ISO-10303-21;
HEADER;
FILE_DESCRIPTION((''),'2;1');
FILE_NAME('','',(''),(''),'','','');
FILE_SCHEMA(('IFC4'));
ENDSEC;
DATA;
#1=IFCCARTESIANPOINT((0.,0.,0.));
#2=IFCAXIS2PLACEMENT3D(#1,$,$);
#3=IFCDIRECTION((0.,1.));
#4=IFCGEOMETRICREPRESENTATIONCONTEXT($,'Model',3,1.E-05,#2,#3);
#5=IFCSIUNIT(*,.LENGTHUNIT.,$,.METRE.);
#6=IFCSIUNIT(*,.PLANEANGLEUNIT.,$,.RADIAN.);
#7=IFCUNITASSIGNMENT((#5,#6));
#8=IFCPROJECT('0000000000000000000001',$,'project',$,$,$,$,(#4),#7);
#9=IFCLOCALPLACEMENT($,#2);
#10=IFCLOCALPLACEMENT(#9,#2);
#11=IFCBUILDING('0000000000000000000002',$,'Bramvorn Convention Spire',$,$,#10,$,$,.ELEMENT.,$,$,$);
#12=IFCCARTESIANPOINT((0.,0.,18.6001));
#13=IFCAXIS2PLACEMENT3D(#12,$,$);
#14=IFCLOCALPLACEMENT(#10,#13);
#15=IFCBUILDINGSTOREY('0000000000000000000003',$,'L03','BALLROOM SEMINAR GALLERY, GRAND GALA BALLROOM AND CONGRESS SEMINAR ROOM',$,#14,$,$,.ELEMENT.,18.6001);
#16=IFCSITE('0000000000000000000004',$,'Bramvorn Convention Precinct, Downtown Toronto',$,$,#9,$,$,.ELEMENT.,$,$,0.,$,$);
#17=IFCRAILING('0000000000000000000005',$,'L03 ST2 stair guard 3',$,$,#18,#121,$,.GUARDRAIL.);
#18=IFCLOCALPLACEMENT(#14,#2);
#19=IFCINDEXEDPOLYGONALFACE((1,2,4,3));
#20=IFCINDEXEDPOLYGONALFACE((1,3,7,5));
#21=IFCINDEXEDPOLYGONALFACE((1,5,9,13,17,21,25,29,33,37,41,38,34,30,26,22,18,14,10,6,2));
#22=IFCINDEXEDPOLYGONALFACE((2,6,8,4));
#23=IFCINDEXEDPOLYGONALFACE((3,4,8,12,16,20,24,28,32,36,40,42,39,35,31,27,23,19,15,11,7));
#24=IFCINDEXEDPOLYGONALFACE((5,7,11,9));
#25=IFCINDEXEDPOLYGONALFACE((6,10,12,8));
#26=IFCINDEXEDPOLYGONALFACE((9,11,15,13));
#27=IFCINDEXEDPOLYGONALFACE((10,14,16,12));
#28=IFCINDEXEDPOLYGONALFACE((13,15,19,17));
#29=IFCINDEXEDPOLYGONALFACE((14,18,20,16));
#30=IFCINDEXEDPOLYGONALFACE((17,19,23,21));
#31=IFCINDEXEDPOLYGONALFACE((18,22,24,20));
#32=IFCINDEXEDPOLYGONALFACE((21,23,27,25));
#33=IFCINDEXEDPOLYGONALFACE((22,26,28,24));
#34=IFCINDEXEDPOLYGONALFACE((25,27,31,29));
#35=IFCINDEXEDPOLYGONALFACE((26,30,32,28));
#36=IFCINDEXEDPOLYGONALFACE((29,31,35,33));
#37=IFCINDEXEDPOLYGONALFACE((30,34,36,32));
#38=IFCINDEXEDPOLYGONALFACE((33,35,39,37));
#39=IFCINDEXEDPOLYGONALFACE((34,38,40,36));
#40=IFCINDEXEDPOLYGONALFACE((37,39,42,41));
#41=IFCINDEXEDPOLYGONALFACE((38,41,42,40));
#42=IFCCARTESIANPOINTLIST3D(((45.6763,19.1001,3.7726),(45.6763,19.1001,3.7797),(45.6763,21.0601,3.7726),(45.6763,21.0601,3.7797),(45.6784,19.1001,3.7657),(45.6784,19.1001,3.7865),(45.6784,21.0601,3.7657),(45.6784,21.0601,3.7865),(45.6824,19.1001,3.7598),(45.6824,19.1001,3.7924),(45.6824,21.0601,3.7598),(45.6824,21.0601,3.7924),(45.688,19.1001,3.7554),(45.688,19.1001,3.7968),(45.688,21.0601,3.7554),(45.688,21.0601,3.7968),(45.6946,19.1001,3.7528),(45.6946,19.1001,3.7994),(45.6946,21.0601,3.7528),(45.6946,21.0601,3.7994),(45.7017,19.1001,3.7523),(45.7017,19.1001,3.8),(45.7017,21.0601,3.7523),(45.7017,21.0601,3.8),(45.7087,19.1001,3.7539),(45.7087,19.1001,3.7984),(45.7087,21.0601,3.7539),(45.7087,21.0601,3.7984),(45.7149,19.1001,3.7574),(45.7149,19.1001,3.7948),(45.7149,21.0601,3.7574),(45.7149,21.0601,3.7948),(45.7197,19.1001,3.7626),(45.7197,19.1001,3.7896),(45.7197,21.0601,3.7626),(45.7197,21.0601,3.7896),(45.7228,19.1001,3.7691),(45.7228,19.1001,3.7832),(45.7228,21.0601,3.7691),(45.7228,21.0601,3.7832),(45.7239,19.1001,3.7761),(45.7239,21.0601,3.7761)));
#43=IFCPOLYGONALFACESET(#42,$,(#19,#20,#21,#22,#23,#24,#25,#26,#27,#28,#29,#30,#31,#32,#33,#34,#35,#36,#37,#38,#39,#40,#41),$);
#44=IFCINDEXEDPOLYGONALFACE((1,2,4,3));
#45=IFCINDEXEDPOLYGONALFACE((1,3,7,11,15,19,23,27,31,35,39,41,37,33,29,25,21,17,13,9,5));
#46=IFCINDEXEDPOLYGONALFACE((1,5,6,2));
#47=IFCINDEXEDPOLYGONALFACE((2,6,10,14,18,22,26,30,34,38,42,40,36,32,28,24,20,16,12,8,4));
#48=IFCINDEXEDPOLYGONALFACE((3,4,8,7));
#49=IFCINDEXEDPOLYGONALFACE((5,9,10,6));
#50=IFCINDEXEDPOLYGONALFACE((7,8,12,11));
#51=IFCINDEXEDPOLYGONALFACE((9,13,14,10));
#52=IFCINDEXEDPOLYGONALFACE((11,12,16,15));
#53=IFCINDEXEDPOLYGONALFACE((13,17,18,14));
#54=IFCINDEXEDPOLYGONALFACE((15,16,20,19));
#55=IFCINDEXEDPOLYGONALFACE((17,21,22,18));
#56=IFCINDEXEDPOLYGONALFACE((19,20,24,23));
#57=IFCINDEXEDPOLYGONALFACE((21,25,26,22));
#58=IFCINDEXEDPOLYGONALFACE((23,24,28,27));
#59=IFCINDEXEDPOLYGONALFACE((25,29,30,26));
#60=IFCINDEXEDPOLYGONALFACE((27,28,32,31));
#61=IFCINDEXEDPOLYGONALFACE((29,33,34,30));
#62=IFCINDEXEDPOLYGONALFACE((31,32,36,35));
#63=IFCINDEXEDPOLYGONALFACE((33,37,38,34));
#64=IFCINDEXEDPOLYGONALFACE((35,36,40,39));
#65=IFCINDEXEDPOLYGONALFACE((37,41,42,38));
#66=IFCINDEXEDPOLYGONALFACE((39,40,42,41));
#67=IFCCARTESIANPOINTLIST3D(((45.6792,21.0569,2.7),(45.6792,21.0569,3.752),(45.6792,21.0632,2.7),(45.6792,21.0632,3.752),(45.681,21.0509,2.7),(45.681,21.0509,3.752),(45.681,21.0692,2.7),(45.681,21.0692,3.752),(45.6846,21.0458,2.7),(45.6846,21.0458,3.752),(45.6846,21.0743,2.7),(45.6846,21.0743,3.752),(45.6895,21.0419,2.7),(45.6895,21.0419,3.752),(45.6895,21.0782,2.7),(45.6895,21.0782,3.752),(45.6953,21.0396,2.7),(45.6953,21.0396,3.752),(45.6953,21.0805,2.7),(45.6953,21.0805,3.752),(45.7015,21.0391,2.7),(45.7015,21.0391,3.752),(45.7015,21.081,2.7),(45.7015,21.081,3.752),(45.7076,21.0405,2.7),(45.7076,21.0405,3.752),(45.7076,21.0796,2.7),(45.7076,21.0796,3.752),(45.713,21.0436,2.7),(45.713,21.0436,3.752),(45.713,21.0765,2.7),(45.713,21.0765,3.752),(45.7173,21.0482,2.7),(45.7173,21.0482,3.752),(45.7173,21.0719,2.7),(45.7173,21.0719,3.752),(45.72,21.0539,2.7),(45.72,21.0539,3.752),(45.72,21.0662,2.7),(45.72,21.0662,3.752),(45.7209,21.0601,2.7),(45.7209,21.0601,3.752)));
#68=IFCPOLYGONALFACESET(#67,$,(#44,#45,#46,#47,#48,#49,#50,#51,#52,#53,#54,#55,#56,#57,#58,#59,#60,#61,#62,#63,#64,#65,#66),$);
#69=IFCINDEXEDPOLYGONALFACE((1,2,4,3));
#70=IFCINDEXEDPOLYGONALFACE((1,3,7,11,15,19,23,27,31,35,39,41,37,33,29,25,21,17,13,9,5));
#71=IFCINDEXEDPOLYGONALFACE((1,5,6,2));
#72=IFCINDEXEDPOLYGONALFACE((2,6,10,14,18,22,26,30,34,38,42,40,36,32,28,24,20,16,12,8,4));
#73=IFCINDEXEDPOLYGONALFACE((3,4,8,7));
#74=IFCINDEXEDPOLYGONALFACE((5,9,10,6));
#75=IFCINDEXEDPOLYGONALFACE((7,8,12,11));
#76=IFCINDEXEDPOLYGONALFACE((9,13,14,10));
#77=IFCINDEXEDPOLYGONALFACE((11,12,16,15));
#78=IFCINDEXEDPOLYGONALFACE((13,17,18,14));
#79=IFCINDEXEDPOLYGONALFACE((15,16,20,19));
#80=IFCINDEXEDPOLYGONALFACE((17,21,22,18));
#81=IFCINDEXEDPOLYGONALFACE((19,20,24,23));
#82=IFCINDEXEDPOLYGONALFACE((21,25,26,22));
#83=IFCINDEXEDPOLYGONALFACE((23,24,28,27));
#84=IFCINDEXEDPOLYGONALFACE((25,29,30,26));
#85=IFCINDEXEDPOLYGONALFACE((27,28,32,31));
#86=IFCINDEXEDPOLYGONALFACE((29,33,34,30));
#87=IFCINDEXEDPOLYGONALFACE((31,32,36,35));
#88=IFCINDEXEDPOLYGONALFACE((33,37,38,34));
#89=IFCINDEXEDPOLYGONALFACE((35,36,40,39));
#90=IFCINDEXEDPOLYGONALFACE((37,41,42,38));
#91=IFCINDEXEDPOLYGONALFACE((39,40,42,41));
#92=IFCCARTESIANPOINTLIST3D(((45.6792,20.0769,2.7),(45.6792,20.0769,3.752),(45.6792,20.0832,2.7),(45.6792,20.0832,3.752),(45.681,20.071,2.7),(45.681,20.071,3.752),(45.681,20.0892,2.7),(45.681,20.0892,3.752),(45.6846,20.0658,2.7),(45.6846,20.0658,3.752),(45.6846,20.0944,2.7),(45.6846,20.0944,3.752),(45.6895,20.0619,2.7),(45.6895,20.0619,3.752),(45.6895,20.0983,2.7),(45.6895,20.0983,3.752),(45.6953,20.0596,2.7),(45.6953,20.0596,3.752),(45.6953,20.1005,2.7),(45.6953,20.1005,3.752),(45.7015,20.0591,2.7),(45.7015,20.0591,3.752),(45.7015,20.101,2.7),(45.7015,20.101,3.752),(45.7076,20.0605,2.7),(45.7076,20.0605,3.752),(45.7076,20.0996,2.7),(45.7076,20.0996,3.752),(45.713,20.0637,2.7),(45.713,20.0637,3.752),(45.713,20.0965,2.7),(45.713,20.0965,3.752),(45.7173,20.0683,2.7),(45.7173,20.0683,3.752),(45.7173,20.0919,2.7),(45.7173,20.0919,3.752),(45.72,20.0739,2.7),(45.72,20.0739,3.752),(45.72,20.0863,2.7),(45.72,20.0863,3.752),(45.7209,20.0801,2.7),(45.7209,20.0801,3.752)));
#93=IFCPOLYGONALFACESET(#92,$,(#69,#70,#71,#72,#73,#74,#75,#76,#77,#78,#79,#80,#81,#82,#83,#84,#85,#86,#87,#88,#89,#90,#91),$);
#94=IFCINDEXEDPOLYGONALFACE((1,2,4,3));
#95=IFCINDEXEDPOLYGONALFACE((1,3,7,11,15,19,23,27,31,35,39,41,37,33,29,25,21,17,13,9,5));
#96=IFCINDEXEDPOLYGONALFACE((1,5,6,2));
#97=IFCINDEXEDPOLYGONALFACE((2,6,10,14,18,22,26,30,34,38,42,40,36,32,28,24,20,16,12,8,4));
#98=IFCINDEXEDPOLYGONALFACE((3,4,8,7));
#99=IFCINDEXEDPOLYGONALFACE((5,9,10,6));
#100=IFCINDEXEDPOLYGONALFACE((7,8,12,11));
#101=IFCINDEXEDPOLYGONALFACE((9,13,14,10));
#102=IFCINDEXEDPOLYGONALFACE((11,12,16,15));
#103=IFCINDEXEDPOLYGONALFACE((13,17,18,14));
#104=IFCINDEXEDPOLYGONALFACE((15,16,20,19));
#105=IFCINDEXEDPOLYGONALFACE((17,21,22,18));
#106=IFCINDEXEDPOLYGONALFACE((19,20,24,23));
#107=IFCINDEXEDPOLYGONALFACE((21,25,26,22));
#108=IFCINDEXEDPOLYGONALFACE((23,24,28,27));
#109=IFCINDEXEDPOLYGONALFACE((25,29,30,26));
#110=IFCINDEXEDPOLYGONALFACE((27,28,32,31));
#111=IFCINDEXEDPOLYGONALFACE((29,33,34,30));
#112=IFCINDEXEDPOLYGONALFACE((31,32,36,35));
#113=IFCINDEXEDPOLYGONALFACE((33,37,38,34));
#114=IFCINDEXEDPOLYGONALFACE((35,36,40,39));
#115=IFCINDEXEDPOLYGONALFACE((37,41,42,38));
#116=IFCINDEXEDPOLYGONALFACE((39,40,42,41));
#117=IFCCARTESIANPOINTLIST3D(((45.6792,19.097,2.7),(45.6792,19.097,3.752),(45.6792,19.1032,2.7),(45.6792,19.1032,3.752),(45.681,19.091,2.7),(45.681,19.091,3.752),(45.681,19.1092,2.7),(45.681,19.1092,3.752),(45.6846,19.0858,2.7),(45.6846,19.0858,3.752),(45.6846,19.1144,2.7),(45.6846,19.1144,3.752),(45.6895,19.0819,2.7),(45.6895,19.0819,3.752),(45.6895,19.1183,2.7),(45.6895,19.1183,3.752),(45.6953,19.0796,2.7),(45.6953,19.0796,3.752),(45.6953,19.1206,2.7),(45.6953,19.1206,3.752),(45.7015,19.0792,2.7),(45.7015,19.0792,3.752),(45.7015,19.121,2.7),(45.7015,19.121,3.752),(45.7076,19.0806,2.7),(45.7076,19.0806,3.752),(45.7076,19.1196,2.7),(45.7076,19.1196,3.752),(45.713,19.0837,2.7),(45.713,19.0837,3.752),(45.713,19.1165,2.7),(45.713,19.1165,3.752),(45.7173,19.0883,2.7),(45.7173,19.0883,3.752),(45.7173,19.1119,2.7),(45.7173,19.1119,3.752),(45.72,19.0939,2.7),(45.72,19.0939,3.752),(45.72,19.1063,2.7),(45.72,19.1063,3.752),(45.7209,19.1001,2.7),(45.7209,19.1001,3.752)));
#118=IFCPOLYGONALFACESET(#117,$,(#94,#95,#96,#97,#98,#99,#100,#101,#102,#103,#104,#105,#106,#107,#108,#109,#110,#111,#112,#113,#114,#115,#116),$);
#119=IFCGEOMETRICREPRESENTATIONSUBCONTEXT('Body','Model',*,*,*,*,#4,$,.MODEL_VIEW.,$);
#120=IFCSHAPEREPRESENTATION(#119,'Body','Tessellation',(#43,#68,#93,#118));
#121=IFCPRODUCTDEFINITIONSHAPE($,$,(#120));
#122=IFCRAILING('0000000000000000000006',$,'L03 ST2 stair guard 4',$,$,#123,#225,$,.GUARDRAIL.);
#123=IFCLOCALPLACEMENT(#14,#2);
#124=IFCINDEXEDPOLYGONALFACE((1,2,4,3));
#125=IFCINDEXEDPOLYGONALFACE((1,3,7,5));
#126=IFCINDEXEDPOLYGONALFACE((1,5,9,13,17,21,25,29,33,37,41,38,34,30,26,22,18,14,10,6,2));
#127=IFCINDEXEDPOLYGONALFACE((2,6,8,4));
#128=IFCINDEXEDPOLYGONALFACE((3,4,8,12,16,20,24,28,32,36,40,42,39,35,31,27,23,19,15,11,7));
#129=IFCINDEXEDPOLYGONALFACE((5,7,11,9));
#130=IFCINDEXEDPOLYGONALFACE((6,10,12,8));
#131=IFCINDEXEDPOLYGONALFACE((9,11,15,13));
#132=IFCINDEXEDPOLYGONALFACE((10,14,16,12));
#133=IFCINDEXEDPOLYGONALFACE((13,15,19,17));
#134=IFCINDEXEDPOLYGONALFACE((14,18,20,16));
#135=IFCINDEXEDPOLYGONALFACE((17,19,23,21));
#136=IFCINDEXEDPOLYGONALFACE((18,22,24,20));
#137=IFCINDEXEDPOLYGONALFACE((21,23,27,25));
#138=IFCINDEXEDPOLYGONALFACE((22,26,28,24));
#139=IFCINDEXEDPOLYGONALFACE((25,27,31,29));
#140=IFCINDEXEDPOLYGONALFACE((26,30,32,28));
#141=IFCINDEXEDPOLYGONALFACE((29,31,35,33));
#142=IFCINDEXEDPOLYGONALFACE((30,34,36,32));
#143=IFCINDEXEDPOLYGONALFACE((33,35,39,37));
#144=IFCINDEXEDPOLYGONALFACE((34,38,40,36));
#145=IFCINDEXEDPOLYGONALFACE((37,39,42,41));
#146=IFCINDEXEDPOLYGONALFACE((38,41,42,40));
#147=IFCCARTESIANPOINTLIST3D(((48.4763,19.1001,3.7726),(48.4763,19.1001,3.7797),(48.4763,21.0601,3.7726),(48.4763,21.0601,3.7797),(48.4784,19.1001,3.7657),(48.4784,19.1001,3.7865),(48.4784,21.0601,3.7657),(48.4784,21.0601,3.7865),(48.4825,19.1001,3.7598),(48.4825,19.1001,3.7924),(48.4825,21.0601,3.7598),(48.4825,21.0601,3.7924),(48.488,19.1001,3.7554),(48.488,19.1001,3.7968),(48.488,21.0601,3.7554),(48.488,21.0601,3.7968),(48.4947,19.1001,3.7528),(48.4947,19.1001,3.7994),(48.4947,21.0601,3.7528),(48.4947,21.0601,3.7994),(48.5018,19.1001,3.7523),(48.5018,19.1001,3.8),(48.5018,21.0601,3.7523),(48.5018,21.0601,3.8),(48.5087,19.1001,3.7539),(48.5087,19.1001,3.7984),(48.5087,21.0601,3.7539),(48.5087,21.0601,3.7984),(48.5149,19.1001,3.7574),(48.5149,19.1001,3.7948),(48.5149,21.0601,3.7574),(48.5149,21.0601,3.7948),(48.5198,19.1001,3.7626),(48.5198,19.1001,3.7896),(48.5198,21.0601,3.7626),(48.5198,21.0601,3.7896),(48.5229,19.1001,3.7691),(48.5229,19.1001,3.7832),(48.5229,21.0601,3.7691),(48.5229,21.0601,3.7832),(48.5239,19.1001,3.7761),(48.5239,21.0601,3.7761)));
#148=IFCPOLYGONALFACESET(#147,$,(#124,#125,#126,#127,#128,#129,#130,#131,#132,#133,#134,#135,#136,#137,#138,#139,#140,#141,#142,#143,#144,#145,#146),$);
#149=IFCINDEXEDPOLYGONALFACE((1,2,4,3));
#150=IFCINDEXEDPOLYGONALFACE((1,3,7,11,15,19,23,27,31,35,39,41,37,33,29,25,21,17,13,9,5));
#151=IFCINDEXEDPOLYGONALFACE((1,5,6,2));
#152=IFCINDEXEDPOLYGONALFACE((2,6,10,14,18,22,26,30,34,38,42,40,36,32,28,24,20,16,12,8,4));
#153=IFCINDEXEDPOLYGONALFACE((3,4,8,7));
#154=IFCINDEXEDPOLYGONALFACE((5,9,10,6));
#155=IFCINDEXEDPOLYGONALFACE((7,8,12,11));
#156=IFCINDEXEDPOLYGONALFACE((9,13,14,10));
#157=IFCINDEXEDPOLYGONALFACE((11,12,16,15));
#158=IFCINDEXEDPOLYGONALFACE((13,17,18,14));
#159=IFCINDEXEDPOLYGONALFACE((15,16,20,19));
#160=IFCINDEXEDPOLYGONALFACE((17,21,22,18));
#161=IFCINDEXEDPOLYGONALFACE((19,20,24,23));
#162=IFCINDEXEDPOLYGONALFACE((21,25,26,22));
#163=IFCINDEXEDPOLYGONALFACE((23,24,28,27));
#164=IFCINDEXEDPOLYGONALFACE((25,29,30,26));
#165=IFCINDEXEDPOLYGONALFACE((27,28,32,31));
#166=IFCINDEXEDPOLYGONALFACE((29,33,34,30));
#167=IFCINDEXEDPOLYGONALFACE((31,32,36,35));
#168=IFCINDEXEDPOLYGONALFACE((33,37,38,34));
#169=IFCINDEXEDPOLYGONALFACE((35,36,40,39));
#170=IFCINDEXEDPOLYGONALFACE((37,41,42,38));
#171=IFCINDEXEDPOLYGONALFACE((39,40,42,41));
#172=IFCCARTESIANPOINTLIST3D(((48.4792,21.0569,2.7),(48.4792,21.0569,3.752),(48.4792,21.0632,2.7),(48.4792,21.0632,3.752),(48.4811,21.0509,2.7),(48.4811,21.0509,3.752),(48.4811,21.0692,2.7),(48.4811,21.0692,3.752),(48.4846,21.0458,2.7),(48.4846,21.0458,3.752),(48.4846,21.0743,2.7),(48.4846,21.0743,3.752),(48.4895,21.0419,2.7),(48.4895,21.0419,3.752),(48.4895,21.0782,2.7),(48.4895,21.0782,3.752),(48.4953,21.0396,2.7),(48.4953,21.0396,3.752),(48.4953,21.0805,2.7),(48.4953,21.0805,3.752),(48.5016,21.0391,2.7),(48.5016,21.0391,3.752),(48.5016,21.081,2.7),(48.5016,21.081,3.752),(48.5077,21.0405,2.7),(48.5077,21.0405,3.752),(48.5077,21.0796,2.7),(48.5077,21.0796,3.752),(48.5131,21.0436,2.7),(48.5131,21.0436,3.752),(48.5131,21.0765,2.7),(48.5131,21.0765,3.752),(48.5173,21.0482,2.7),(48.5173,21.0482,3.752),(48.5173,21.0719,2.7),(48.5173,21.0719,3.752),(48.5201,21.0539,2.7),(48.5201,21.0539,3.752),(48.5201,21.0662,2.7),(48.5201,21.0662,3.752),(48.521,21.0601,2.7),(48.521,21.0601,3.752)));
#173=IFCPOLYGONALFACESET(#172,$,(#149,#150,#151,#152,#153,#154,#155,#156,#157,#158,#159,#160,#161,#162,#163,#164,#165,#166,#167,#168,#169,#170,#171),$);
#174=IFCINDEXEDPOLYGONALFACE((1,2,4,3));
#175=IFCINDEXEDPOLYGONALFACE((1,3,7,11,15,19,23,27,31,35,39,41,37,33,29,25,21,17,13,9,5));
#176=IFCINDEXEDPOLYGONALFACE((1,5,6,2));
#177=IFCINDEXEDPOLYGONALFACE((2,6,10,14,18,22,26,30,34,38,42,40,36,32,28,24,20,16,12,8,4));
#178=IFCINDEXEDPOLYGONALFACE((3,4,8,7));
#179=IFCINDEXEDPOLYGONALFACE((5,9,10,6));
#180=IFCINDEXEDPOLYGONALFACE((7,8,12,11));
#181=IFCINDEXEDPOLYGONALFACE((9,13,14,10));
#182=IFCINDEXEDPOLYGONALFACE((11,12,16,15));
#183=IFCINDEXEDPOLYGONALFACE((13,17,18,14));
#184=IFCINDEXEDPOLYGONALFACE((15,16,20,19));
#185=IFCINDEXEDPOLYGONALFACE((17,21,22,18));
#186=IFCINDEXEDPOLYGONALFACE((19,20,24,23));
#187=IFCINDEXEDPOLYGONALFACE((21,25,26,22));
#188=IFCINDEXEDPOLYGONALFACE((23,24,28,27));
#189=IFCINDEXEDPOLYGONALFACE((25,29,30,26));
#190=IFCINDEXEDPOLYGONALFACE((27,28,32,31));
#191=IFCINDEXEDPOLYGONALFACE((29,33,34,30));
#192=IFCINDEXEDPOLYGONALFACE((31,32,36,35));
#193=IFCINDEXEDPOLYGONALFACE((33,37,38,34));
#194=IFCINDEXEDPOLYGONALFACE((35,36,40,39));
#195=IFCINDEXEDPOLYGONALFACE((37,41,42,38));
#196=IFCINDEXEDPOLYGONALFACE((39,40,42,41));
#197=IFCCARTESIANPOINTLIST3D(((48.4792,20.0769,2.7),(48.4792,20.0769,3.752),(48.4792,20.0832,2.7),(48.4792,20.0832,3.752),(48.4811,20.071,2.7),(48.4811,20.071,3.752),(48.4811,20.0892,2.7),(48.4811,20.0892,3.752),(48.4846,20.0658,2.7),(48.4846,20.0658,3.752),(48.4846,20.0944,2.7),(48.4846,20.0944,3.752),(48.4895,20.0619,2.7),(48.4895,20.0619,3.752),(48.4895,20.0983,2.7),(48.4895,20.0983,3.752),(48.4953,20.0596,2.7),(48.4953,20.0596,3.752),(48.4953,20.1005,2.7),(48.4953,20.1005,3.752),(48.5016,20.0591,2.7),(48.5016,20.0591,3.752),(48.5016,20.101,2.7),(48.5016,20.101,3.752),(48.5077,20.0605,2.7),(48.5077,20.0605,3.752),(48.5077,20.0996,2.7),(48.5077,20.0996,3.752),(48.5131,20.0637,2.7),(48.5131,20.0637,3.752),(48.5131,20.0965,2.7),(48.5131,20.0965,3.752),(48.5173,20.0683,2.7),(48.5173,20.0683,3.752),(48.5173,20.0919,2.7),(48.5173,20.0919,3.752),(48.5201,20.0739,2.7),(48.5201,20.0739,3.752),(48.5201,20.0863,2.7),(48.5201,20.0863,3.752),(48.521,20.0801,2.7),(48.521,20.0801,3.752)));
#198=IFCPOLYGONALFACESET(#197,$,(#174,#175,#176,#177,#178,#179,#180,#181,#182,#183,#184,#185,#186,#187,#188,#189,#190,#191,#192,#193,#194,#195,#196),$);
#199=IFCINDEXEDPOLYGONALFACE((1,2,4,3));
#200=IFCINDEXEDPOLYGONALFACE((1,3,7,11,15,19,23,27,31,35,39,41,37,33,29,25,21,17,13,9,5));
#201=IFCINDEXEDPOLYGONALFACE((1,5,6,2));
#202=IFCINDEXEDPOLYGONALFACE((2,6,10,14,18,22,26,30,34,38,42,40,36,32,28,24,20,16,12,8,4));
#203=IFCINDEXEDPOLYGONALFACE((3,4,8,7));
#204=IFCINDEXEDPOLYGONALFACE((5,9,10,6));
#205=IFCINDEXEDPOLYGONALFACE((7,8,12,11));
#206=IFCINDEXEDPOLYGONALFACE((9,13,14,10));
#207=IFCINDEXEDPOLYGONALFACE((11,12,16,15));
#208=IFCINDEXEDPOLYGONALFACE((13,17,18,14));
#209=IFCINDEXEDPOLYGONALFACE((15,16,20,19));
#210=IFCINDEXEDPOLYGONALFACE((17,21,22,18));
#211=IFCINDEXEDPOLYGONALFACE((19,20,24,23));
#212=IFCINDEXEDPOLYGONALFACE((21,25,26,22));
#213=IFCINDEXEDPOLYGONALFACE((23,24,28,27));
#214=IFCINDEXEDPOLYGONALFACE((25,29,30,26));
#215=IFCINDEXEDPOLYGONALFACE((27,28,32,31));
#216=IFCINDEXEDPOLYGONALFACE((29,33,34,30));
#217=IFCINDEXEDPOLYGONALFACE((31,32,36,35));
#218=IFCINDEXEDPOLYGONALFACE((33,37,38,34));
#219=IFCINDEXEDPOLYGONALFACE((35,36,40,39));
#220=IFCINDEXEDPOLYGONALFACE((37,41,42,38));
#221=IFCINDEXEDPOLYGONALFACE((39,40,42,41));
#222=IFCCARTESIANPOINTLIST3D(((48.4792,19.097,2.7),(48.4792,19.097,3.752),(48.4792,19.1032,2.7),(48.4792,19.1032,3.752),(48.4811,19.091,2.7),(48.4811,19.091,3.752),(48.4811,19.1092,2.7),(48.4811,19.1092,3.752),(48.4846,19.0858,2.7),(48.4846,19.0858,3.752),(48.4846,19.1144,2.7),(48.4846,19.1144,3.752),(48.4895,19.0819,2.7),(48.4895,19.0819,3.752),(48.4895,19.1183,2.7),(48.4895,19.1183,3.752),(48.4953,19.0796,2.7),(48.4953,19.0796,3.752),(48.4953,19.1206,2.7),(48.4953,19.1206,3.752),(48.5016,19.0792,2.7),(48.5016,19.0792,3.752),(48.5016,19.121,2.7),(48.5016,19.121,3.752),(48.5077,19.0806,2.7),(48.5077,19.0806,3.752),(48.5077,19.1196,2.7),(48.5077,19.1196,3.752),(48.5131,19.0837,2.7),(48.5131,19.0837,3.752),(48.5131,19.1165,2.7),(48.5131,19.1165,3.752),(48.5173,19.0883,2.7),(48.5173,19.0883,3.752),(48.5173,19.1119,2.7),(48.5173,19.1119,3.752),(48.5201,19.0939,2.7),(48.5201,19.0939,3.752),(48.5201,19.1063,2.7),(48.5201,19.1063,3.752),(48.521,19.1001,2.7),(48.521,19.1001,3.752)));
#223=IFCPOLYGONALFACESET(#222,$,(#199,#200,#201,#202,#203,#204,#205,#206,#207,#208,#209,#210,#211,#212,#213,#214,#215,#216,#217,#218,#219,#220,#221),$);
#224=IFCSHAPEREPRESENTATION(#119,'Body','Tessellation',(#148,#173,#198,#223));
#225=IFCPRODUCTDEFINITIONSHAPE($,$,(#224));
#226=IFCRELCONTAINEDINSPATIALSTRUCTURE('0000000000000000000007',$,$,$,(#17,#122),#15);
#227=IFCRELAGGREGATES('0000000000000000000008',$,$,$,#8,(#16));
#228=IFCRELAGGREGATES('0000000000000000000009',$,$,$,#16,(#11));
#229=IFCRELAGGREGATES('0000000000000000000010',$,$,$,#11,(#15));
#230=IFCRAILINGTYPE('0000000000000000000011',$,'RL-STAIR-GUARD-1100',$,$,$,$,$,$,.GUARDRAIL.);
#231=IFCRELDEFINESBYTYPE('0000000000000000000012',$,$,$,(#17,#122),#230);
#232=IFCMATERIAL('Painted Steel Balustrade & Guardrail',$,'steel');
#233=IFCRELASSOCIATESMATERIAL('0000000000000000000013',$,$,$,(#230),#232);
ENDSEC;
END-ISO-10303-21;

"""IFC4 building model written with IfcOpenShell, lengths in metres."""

from ifc_helpers import new_model, si_unit, direction, frame, origin, origin_2d, place, context, subcontext, project, spatial, circle, extrude, material, type_object, element, save


model = new_model("IFC4")

# Units and contexts
model_context = context("Model", 3, precision=1e-05, world=origin(), true_north=direction((0.0, 1.0)))
body_context = subcontext(model_context, "Body", "Model", "MODEL_VIEW")
ifc_project = project(units=[si_unit("LENGTHUNIT", "METRE"), si_unit("PLANEANGLEUNIT", "RADIAN")], contexts=[model_context])

# Site, building, storey
site_placement = place(None, origin())
site = spatial("IfcSite", under=ifc_project, at=site_placement, Name="Bramvorn Convention Precinct, Downtown Toronto", CompositionType="ELEMENT", RefElevation=0.0)
building_placement = place(site_placement, origin())
building = spatial("IfcBuilding", under=site, at=building_placement, Name="Bramvorn Convention Spire", CompositionType="ELEMENT")
storey_placement = place(building_placement, frame((0.0, 0.0, 18.6001)))
storey = spatial("IfcBuildingStorey", under=building, at=storey_placement, Name="L03", Description="BALLROOM SEMINAR GALLERY, GRAND GALA BALLROOM AND CONGRESS SEMINAR ROOM", CompositionType="ELEMENT", Elevation=18.6001)

# Railings
ifc_material_1 = material(Name="Painted Steel Balustrade & Guardrail", Category="steel")
railing_type_1 = type_object("IfcRailingType", Name="RL-STAIR-GUARD-1100", PredefinedType="GUARDRAIL", material=ifc_material_1)
for number, where, name in (
    (1, (45.7, 21.0601, 2.7), "L03 ST2 stair guard 3"),
    (2, (48.5, 21.0601, 2.7), "L03 ST2 stair guard 4"),
):
    element("IfcRailing", number, at=place(storey_placement, frame(where)), inside=storey, type_object=railing_type_1, Name=name, PredefinedType="GUARDRAIL", context=body_context, shape_type="SweptSolid", body=[
        extrude(circle(Radius=0.0239, at=origin_2d()), frame((0.0, 0.0, 1.0762), z_axis=(0.0, -1.0, 0.0), x_axis=(1.0, 0.0, 0.0)), (0.0, 0.0, 1.0), 1.96),
        extrude(circle(Radius=0.021, at=origin_2d()), origin(), (0.0, 0.0, 1.0), 1.052),
        extrude(circle(Radius=0.021, at=origin_2d()), frame((0.0, -0.98, 0.0)), (0.0, 0.0, 1.0), 1.052),
        extrude(circle(Radius=0.021, at=origin_2d()), frame((0.0, -1.96, 0.0)), (0.0, 0.0, 1.0), 1.052),
    ])

save(model, "model.ifc")
